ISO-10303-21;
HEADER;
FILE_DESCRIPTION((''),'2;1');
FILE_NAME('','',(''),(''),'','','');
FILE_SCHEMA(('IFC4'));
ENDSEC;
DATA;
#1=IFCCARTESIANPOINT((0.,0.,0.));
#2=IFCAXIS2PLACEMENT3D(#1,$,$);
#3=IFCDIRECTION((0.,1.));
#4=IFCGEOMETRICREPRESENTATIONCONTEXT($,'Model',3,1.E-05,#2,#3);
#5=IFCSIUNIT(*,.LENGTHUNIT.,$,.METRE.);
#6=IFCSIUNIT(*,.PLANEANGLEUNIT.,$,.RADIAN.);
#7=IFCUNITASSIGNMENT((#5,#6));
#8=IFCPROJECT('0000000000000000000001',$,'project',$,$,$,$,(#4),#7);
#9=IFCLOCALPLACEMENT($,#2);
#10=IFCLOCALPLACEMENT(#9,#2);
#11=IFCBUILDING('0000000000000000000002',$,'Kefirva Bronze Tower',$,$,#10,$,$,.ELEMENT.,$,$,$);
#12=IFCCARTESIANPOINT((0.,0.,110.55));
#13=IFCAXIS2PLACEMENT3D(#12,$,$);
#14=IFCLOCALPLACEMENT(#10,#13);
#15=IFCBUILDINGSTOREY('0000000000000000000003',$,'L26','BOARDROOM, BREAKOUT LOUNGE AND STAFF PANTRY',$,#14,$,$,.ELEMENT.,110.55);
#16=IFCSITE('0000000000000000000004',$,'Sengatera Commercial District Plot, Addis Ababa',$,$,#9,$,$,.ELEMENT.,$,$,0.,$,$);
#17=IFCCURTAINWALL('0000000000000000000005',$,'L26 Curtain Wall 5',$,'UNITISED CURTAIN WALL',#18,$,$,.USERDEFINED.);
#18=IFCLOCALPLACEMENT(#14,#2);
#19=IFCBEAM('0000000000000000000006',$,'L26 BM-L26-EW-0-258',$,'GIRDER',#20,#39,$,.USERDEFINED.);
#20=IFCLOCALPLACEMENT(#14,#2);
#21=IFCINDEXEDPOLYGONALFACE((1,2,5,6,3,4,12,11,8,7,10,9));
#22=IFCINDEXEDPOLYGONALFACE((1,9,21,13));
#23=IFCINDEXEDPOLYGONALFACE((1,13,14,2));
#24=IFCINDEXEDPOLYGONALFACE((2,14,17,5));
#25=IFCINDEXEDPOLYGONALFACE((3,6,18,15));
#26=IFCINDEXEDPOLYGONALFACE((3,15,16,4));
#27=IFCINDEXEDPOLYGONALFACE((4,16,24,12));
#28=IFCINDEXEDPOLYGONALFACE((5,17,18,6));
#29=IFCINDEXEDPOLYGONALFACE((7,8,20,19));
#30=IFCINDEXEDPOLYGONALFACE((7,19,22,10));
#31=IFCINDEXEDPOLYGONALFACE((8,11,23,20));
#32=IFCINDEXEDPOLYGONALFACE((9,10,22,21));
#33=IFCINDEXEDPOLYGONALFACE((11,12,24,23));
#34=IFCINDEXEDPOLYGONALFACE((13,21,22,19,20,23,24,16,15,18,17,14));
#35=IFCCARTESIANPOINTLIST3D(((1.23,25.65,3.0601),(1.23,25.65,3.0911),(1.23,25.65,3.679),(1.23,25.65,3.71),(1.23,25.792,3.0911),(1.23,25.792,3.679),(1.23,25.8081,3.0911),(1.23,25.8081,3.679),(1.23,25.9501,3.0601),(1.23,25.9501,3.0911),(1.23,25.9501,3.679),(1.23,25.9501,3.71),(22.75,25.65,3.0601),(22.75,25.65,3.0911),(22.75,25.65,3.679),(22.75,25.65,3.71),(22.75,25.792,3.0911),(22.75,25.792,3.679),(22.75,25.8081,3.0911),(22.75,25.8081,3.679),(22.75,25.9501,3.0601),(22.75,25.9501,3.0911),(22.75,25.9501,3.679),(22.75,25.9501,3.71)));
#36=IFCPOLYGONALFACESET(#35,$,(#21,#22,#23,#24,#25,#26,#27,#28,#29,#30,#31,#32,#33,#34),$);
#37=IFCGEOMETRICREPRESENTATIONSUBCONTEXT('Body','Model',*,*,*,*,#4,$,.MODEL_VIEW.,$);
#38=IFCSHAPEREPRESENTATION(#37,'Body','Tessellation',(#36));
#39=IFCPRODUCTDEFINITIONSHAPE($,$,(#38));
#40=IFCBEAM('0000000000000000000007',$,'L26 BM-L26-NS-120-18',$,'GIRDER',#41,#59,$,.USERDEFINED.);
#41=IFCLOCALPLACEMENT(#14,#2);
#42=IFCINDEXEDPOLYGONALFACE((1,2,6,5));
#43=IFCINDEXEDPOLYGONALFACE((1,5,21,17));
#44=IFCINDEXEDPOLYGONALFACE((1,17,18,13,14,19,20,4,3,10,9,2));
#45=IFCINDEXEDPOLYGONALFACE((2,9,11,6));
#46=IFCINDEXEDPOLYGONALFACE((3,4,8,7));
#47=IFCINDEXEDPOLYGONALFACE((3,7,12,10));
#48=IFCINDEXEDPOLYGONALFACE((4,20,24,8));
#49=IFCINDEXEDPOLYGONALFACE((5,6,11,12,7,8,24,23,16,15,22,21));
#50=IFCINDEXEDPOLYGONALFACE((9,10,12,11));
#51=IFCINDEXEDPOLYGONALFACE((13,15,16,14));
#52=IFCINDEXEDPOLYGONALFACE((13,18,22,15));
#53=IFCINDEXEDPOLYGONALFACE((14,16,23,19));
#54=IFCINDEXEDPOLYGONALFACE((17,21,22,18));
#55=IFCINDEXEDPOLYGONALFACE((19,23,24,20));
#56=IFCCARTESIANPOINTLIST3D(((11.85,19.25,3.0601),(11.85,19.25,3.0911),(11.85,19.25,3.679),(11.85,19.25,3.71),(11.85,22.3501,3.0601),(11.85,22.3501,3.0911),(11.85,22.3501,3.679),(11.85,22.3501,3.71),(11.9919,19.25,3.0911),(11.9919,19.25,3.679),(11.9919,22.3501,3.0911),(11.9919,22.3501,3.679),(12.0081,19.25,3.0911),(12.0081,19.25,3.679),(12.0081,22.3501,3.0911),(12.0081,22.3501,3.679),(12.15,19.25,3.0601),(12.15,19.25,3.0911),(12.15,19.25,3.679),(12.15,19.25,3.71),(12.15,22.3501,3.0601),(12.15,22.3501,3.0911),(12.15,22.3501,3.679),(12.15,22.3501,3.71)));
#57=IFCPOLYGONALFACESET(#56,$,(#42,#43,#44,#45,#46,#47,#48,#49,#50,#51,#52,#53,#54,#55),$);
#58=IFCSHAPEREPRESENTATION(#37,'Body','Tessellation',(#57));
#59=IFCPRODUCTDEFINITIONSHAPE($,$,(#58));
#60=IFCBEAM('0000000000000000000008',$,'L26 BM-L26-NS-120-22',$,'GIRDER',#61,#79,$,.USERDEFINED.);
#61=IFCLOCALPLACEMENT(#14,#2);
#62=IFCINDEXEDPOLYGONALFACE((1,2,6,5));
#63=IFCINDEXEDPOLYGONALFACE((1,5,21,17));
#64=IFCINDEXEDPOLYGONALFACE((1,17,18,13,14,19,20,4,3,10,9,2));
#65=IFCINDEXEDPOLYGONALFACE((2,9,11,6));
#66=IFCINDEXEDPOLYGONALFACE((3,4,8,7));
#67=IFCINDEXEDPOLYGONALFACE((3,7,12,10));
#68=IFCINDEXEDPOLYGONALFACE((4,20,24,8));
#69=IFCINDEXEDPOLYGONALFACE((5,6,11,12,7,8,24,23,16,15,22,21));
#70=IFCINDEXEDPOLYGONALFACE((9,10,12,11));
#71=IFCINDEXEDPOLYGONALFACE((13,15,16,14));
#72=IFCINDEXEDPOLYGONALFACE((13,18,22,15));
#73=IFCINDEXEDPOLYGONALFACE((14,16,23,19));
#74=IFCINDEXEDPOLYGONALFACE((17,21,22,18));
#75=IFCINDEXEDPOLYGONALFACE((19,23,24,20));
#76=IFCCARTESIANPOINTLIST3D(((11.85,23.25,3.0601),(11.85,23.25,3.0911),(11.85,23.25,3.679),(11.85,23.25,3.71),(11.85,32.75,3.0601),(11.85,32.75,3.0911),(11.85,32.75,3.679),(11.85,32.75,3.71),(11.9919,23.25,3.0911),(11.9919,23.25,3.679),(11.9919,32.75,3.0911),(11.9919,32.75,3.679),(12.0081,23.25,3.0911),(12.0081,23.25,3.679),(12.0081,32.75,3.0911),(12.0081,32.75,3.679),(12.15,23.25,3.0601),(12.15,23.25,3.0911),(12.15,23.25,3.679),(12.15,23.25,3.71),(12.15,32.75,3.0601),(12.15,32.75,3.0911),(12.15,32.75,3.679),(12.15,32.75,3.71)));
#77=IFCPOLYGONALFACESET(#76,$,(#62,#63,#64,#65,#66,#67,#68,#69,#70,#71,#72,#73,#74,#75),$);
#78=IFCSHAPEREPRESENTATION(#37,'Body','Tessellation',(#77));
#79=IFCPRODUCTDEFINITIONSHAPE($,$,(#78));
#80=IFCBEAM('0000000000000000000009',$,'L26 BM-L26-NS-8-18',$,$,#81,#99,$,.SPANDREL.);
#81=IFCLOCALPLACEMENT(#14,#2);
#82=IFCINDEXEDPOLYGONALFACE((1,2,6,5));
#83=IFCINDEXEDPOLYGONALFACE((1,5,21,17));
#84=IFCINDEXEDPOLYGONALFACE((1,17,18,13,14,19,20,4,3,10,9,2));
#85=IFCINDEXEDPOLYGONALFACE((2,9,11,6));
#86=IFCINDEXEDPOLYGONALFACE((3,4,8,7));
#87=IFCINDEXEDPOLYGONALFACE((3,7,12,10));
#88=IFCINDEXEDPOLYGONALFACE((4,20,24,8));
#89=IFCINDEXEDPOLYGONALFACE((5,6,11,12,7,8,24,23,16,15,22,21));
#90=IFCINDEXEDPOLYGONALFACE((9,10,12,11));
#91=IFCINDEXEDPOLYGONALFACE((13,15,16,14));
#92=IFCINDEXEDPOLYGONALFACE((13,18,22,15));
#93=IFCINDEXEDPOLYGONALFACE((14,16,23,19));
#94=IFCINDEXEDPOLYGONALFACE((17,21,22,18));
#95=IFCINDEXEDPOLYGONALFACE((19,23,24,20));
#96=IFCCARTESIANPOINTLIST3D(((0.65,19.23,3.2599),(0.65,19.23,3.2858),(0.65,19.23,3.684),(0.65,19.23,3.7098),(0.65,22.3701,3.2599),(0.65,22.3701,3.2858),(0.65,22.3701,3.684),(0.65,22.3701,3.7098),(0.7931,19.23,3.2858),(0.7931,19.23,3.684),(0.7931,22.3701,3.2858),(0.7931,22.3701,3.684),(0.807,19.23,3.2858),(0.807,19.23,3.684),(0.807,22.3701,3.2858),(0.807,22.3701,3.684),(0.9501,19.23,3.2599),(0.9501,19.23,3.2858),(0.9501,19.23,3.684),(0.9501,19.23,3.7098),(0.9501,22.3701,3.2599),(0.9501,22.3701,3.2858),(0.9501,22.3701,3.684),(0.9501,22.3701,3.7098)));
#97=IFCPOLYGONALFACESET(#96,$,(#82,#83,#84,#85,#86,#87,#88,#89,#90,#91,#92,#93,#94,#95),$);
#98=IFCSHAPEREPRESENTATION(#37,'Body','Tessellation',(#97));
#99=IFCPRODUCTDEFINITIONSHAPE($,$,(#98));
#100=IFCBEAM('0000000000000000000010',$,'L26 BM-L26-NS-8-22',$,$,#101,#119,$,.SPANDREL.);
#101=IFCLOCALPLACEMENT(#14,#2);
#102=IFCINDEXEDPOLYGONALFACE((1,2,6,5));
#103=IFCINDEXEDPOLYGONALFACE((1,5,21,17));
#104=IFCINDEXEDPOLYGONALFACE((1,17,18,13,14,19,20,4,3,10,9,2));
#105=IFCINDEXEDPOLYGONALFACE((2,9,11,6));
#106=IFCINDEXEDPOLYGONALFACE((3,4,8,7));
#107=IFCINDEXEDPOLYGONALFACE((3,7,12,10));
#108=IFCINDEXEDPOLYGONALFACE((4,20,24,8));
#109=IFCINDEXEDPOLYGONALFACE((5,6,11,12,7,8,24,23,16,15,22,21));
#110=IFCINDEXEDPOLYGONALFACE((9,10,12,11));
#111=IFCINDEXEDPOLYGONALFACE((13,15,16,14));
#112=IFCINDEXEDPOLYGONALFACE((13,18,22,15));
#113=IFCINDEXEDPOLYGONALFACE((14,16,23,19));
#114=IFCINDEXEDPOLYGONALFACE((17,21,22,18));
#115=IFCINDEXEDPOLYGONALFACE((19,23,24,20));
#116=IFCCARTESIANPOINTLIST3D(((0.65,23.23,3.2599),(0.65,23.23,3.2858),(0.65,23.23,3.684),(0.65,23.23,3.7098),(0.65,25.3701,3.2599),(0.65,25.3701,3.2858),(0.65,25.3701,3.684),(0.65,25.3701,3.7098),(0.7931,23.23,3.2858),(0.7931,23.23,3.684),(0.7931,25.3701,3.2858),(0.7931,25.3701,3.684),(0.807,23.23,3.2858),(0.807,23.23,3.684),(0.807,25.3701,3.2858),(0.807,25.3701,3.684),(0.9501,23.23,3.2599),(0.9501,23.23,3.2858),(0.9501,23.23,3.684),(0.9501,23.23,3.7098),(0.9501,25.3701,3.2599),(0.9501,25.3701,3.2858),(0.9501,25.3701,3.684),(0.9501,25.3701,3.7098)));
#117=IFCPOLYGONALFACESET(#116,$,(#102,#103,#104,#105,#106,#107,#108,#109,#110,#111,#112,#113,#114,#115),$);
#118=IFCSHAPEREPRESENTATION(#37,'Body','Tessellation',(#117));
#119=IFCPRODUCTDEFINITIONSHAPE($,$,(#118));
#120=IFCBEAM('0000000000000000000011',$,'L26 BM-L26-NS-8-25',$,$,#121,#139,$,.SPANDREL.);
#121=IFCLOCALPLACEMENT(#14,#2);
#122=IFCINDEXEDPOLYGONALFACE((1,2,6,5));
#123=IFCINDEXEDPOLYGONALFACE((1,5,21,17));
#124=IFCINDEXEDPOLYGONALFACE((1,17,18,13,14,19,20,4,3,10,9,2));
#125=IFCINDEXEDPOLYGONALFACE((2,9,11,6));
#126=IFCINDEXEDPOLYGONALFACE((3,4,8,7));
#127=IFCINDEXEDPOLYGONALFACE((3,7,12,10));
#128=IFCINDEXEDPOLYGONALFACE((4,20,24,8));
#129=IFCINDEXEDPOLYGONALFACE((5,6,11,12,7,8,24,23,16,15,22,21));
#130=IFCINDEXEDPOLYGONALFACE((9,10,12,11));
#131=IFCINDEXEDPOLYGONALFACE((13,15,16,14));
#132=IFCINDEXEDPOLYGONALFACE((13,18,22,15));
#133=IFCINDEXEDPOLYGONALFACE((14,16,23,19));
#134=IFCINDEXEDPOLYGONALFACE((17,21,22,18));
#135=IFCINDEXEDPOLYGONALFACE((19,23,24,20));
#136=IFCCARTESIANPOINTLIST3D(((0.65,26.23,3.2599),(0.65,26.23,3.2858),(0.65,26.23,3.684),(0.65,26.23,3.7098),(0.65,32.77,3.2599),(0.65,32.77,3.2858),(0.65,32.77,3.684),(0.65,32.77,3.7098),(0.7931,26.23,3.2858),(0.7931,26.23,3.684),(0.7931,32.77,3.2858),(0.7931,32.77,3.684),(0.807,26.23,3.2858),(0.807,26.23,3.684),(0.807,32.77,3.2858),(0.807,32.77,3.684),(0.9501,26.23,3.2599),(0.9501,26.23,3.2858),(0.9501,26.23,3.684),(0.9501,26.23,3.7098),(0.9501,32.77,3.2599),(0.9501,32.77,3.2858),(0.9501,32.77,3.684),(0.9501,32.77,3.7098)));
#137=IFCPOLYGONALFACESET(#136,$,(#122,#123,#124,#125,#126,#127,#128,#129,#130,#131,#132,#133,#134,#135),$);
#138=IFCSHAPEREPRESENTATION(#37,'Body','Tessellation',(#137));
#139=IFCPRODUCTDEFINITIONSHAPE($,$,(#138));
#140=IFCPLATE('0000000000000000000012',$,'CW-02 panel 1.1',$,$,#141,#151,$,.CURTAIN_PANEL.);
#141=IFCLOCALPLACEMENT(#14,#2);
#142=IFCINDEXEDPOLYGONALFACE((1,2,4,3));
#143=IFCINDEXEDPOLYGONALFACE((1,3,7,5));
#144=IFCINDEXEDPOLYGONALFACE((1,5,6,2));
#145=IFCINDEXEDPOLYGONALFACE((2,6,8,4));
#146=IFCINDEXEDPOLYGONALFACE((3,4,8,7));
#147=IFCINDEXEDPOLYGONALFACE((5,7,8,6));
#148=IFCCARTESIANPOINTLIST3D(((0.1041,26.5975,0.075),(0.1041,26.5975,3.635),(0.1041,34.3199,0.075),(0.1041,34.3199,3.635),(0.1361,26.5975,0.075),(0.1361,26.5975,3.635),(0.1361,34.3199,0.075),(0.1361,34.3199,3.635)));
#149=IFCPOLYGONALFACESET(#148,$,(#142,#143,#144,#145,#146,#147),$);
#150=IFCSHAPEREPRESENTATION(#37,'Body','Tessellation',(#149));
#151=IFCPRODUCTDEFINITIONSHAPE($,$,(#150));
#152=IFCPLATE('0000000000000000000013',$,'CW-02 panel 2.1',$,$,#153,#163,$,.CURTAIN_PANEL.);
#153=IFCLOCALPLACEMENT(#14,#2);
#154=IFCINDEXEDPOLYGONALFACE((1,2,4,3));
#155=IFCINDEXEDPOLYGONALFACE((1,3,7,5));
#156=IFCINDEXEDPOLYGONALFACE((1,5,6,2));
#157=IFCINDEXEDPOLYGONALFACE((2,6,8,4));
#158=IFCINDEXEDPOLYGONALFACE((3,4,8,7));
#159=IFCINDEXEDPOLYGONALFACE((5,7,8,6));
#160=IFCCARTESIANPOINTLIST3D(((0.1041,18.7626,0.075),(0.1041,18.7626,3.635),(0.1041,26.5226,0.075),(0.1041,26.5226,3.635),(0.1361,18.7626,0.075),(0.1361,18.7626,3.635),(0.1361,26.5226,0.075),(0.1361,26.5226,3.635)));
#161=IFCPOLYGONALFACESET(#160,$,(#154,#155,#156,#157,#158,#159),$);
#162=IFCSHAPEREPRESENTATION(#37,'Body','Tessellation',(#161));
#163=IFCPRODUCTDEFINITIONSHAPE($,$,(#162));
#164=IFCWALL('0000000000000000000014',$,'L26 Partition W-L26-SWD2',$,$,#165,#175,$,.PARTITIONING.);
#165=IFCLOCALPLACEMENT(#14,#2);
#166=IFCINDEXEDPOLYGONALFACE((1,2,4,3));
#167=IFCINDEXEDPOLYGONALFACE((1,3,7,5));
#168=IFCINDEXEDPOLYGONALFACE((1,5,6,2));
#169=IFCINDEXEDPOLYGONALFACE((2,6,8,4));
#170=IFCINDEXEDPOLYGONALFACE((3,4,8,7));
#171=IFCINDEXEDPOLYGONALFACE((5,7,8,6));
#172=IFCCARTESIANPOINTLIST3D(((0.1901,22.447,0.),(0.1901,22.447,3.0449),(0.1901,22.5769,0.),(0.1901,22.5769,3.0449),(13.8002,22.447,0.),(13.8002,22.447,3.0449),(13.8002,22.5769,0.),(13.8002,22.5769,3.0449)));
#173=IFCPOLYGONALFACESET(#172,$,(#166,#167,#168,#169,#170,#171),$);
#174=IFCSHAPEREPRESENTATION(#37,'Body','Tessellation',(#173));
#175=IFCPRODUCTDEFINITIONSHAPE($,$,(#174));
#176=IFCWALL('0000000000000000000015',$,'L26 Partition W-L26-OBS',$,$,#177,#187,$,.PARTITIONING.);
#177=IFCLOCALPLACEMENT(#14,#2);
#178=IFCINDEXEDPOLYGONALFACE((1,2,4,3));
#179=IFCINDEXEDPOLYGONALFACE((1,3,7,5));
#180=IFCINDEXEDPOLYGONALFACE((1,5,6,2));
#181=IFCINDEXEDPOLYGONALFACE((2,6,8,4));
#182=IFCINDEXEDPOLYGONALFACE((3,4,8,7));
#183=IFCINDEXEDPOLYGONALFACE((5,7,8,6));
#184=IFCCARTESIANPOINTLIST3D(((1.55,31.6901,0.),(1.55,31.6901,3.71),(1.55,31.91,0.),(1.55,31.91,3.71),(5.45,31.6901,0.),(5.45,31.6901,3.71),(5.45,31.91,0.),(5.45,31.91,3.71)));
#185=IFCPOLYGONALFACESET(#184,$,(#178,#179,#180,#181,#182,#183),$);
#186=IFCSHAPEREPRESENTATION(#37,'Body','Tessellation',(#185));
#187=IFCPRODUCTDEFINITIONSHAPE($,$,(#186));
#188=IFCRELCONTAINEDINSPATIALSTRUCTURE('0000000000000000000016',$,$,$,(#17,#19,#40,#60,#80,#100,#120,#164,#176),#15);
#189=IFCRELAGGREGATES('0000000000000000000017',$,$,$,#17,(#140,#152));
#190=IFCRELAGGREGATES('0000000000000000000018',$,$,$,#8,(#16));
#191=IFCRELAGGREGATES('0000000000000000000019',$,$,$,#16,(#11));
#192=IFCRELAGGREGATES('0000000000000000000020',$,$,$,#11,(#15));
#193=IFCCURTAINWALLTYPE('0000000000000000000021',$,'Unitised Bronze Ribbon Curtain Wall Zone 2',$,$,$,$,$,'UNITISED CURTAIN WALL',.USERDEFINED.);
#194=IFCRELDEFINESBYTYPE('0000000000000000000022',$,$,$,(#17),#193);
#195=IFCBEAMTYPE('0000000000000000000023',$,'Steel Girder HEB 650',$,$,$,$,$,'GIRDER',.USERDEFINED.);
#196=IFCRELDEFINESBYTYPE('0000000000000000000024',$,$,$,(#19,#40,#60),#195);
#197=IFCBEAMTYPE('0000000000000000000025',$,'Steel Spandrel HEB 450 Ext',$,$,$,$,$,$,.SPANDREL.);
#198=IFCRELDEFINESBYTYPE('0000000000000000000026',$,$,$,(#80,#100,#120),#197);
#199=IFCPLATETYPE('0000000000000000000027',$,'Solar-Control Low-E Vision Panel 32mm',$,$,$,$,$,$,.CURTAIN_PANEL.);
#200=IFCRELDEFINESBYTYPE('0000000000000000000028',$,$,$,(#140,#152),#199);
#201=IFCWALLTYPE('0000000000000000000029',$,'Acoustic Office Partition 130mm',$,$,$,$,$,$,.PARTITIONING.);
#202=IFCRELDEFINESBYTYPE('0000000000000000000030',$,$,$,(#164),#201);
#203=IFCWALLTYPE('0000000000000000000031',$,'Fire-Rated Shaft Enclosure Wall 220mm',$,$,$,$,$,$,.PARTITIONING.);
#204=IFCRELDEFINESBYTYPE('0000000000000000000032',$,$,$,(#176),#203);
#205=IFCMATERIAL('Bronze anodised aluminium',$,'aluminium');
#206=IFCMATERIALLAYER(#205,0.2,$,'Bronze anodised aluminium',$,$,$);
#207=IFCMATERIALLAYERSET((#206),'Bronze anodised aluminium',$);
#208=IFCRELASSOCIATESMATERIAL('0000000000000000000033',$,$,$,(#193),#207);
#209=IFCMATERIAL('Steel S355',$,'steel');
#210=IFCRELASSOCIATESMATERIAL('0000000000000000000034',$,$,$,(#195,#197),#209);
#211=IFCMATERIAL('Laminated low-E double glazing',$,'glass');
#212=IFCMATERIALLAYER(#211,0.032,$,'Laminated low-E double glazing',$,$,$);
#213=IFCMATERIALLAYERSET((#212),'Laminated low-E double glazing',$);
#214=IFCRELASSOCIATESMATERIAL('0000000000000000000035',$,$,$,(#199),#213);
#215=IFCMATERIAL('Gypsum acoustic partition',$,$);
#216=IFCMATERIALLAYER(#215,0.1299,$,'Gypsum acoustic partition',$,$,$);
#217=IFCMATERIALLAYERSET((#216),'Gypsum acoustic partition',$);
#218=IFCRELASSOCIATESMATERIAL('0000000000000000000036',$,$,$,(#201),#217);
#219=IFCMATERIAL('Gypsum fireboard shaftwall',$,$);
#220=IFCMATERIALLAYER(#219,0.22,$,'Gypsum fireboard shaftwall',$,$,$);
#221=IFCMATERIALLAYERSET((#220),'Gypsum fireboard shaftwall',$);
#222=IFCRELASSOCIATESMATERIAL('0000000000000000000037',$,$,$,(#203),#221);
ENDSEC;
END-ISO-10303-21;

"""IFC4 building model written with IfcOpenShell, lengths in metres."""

from ifc_helpers import new_model, si_unit, direction, frame, frame_2d, origin, origin_2d, place, context, subcontext, project, spatial, rectangle, i_section, extrude, material, layer, layer_set, material_profile, profile_set, type_object, element, aggregate, save


model = new_model("IFC4")

# Units and contexts
model_context = context("Model", 3, precision=1e-05, world=origin(), true_north=direction((0.0, 1.0)))
body_context = subcontext(model_context, "Body", "Model", "MODEL_VIEW")
ifc_project = project(units=[si_unit("LENGTHUNIT", "METRE"), si_unit("PLANEANGLEUNIT", "RADIAN")], contexts=[model_context])

# Site, building, storey
site_placement = place(None, origin())
site = spatial("IfcSite", under=ifc_project, at=site_placement, Name="Sengatera Commercial District Plot, Addis Ababa", CompositionType="ELEMENT", RefElevation=0.0)
building_placement = place(site_placement, origin())
building = spatial("IfcBuilding", under=site, at=building_placement, Name="Kefirva Bronze Tower", CompositionType="ELEMENT")
storey_placement = place(building_placement, frame((0.0, 0.0, 110.55)))
storey = spatial("IfcBuildingStorey", under=building, at=storey_placement, Name="L26", Description="BOARDROOM, BREAKOUT LOUNGE AND STAFF PANTRY", CompositionType="ELEMENT", Elevation=110.55)

# Curtain wall
ifc_material_1 = material(Name="Bronze anodised aluminium", Category="aluminium")
ifc_layer_1 = layer(ifc_material_1, 0.2, Name="Bronze anodised aluminium")
ifc_layer_set_1 = layer_set([ifc_layer_1], Name="Bronze anodised aluminium")
curtain_wall_type = type_object("IfcCurtainWallType", Name="Unitised Bronze Ribbon Curtain Wall Zone 2", ElementType="UNITISED CURTAIN WALL", PredefinedType="USERDEFINED", material=ifc_layer_set_1)
curtain_wall_placement = place(storey_placement, origin())
curtain_wall = element("IfcCurtainWall", 1, at=curtain_wall_placement, inside=storey, type_object=curtain_wall_type, Name="L26 Curtain Wall 5", ObjectType="UNITISED CURTAIN WALL", PredefinedType="USERDEFINED")

# Beams
ifc_material_2 = material(Name="Steel S355", Category="steel")
ifc_material_profile_1 = material_profile(ifc_material_2, i_section(OverallWidth=0.3, OverallDepth=0.6499, WebThickness=0.0161, FlangeThickness=0.031, at=origin_2d()), Name="HEB 650")
ifc_profile_set_1 = profile_set([ifc_material_profile_1], Name="Steel S355")
beam_type_1 = type_object("IfcBeamType", Name="Steel Girder HEB 650", ElementType="GIRDER", PredefinedType="USERDEFINED", material=ifc_profile_set_1)
beam_1_placement = place(storey_placement, frame((1.23, 25.8, 3.385), z_axis=(1.0, 0.0, 0.0), x_axis=(0.0, 1.0, 0.0)))
element("IfcBeam", 2, at=beam_1_placement, inside=storey, type_object=beam_type_1, Name="L26 BM-L26-EW-0-258", ObjectType="GIRDER", PredefinedType="USERDEFINED", context=body_context, shape_type="SweptSolid", body=[
    extrude(i_section(OverallWidth=0.3, OverallDepth=0.6499, WebThickness=0.0161, FlangeThickness=0.031, at=origin_2d()), origin(), (0.0, 0.0, 1.0), 21.52),
])
beam_2_placement = place(storey_placement, frame((12.0, 19.25, 3.385), z_axis=(0.0, 1.0, 0.0), x_axis=(-1.0, 0.0, 0.0)))
element("IfcBeam", 3, at=beam_2_placement, inside=storey, type_object=beam_type_1, Name="L26 BM-L26-NS-120-18", ObjectType="GIRDER", PredefinedType="USERDEFINED", context=body_context, shape_type="SweptSolid", body=[
    extrude(i_section(OverallWidth=0.3, OverallDepth=0.6499, WebThickness=0.0161, FlangeThickness=0.031, at=origin_2d()), origin(), (0.0, 0.0, 1.0), 3.1001),
])
beam_3_placement = place(storey_placement, frame((12.0, 23.25, 3.385), z_axis=(0.0, 1.0, 0.0), x_axis=(-1.0, 0.0, 0.0)))
element("IfcBeam", 4, at=beam_3_placement, inside=storey, type_object=beam_type_1, Name="L26 BM-L26-NS-120-22", ObjectType="GIRDER", PredefinedType="USERDEFINED", context=body_context, shape_type="SweptSolid", body=[
    extrude(i_section(OverallWidth=0.3, OverallDepth=0.6499, WebThickness=0.0161, FlangeThickness=0.031, at=origin_2d()), origin(), (0.0, 0.0, 1.0), 9.5),
])
ifc_material_profile_2 = material_profile(ifc_material_2, i_section(OverallWidth=0.3, OverallDepth=0.45, WebThickness=0.0139, FlangeThickness=0.0259, at=origin_2d()), Name="HEB 450")
ifc_profile_set_2 = profile_set([ifc_material_profile_2], Name="Steel S355")
beam_type_2 = type_object("IfcBeamType", Name="Steel Spandrel HEB 450 Ext", PredefinedType="SPANDREL", material=ifc_profile_set_2)
beam_4_placement = place(storey_placement, frame((0.8, 19.23, 3.4849), z_axis=(0.0, 1.0, 0.0), x_axis=(-1.0, 0.0, 0.0)))
element("IfcBeam", 5, at=beam_4_placement, inside=storey, type_object=beam_type_2, Name="L26 BM-L26-NS-8-18", PredefinedType="SPANDREL", context=body_context, shape_type="SweptSolid", body=[
    extrude(i_section(OverallWidth=0.3, OverallDepth=0.45, WebThickness=0.0139, FlangeThickness=0.0259, at=origin_2d()), origin(), (0.0, 0.0, 1.0), 3.1401),
])
beam_5_placement = place(storey_placement, frame((0.8, 23.23, 3.4849), z_axis=(0.0, 1.0, 0.0), x_axis=(-1.0, 0.0, 0.0)))
element("IfcBeam", 6, at=beam_5_placement, inside=storey, type_object=beam_type_2, Name="L26 BM-L26-NS-8-22", PredefinedType="SPANDREL", context=body_context, shape_type="SweptSolid", body=[
    extrude(i_section(OverallWidth=0.3, OverallDepth=0.45, WebThickness=0.0139, FlangeThickness=0.0259, at=origin_2d()), origin(), (0.0, 0.0, 1.0), 2.1401),
])
beam_6_placement = place(storey_placement, frame((0.8, 26.23, 3.4849), z_axis=(0.0, 1.0, 0.0), x_axis=(-1.0, 0.0, 0.0)))
element("IfcBeam", 7, at=beam_6_placement, inside=storey, type_object=beam_type_2, Name="L26 BM-L26-NS-8-25", PredefinedType="SPANDREL", context=body_context, shape_type="SweptSolid", body=[
    extrude(i_section(OverallWidth=0.3, OverallDepth=0.45, WebThickness=0.0139, FlangeThickness=0.0259, at=origin_2d()), origin(), (0.0, 0.0, 1.0), 6.54),
])

# Plates
ifc_material_3 = material(Name="Laminated low-E double glazing", Category="glass")
ifc_layer_2 = layer(ifc_material_3, 0.032, Name="Laminated low-E double glazing")
ifc_layer_set_2 = layer_set([ifc_layer_2], Name="Laminated low-E double glazing")
plate_type = type_object("IfcPlateType", Name="Solar-Control Low-E Vision Panel 32mm", PredefinedType="CURTAIN_PANEL", material=ifc_layer_set_2)
plate_1_placement = place(storey_placement, frame((0.1201, 30.4587, 0.075), z_axis=(0.0, 0.0, 1.0), x_axis=(0.0, -1.0, 0.0)))
plate_1 = element("IfcPlate", 8, at=plate_1_placement, type_object=plate_type, Name="CW-02 panel 1.1", PredefinedType="CURTAIN_PANEL", context=body_context, shape_type="SweptSolid", body=[
    extrude(rectangle(XDim=7.7224, YDim=0.032, at=origin_2d()), origin(), (0.0, 0.0, 1.0), 3.5601),
])
plate_2_placement = place(storey_placement, frame((0.1201, 22.6426, 0.075), z_axis=(0.0, 0.0, 1.0), x_axis=(0.0, -1.0, 0.0)))
plate_2 = element("IfcPlate", 9, at=plate_2_placement, type_object=plate_type, Name="CW-02 panel 2.1", PredefinedType="CURTAIN_PANEL", context=body_context, shape_type="SweptSolid", body=[
    extrude(rectangle(XDim=7.76, YDim=0.032, at=origin_2d()), origin(), (0.0, 0.0, 1.0), 3.5601),
])
aggregate(curtain_wall, [plate_1, plate_2])

# Walls
ifc_material_4 = material(Name="Gypsum acoustic partition")
ifc_layer_3 = layer(ifc_material_4, 0.1299, Name="Gypsum acoustic partition")
ifc_layer_set_3 = layer_set([ifc_layer_3], Name="Gypsum acoustic partition")
wall_type_1 = type_object("IfcWallType", Name="Acoustic Office Partition 130mm", PredefinedType="PARTITIONING", material=ifc_layer_set_3)
wall_1_placement = place(storey_placement, frame((0.1899, 22.512, 0.0), z_axis=(0.0, 0.0, 1.0), x_axis=(1.0, 0.0, 0.0)))
element("IfcWall", 10, at=wall_1_placement, inside=storey, type_object=wall_type_1, Name="L26 Partition W-L26-SWD2", PredefinedType="PARTITIONING", context=body_context, shape_type="SweptSolid", body=[
    extrude(rectangle(XDim=13.6101, YDim=0.1299, at=frame_2d((6.8052, 0.0))), origin(), (0.0, 0.0, 1.0), 3.0449),
])
ifc_material_5 = material(Name="Gypsum fireboard shaftwall")
ifc_layer_4 = layer(ifc_material_5, 0.22, Name="Gypsum fireboard shaftwall")
ifc_layer_set_4 = layer_set([ifc_layer_4], Name="Gypsum fireboard shaftwall")
wall_type_2 = type_object("IfcWallType", Name="Fire-Rated Shaft Enclosure Wall 220mm", PredefinedType="PARTITIONING", material=ifc_layer_set_4)
wall_2_placement = place(storey_placement, frame((1.55, 31.8, 0.0), z_axis=(0.0, 0.0, 1.0), x_axis=(1.0, 0.0, 0.0)))
element("IfcWall", 11, at=wall_2_placement, inside=storey, type_object=wall_type_2, Name="L26 Partition W-L26-OBS", PredefinedType="PARTITIONING", context=body_context, shape_type="SweptSolid", body=[
    extrude(rectangle(XDim=3.8999, YDim=0.22, at=frame_2d((1.95, 0.0))), origin(), (0.0, 0.0, 1.0), 3.71),
])

save(model, "model.ifc")
